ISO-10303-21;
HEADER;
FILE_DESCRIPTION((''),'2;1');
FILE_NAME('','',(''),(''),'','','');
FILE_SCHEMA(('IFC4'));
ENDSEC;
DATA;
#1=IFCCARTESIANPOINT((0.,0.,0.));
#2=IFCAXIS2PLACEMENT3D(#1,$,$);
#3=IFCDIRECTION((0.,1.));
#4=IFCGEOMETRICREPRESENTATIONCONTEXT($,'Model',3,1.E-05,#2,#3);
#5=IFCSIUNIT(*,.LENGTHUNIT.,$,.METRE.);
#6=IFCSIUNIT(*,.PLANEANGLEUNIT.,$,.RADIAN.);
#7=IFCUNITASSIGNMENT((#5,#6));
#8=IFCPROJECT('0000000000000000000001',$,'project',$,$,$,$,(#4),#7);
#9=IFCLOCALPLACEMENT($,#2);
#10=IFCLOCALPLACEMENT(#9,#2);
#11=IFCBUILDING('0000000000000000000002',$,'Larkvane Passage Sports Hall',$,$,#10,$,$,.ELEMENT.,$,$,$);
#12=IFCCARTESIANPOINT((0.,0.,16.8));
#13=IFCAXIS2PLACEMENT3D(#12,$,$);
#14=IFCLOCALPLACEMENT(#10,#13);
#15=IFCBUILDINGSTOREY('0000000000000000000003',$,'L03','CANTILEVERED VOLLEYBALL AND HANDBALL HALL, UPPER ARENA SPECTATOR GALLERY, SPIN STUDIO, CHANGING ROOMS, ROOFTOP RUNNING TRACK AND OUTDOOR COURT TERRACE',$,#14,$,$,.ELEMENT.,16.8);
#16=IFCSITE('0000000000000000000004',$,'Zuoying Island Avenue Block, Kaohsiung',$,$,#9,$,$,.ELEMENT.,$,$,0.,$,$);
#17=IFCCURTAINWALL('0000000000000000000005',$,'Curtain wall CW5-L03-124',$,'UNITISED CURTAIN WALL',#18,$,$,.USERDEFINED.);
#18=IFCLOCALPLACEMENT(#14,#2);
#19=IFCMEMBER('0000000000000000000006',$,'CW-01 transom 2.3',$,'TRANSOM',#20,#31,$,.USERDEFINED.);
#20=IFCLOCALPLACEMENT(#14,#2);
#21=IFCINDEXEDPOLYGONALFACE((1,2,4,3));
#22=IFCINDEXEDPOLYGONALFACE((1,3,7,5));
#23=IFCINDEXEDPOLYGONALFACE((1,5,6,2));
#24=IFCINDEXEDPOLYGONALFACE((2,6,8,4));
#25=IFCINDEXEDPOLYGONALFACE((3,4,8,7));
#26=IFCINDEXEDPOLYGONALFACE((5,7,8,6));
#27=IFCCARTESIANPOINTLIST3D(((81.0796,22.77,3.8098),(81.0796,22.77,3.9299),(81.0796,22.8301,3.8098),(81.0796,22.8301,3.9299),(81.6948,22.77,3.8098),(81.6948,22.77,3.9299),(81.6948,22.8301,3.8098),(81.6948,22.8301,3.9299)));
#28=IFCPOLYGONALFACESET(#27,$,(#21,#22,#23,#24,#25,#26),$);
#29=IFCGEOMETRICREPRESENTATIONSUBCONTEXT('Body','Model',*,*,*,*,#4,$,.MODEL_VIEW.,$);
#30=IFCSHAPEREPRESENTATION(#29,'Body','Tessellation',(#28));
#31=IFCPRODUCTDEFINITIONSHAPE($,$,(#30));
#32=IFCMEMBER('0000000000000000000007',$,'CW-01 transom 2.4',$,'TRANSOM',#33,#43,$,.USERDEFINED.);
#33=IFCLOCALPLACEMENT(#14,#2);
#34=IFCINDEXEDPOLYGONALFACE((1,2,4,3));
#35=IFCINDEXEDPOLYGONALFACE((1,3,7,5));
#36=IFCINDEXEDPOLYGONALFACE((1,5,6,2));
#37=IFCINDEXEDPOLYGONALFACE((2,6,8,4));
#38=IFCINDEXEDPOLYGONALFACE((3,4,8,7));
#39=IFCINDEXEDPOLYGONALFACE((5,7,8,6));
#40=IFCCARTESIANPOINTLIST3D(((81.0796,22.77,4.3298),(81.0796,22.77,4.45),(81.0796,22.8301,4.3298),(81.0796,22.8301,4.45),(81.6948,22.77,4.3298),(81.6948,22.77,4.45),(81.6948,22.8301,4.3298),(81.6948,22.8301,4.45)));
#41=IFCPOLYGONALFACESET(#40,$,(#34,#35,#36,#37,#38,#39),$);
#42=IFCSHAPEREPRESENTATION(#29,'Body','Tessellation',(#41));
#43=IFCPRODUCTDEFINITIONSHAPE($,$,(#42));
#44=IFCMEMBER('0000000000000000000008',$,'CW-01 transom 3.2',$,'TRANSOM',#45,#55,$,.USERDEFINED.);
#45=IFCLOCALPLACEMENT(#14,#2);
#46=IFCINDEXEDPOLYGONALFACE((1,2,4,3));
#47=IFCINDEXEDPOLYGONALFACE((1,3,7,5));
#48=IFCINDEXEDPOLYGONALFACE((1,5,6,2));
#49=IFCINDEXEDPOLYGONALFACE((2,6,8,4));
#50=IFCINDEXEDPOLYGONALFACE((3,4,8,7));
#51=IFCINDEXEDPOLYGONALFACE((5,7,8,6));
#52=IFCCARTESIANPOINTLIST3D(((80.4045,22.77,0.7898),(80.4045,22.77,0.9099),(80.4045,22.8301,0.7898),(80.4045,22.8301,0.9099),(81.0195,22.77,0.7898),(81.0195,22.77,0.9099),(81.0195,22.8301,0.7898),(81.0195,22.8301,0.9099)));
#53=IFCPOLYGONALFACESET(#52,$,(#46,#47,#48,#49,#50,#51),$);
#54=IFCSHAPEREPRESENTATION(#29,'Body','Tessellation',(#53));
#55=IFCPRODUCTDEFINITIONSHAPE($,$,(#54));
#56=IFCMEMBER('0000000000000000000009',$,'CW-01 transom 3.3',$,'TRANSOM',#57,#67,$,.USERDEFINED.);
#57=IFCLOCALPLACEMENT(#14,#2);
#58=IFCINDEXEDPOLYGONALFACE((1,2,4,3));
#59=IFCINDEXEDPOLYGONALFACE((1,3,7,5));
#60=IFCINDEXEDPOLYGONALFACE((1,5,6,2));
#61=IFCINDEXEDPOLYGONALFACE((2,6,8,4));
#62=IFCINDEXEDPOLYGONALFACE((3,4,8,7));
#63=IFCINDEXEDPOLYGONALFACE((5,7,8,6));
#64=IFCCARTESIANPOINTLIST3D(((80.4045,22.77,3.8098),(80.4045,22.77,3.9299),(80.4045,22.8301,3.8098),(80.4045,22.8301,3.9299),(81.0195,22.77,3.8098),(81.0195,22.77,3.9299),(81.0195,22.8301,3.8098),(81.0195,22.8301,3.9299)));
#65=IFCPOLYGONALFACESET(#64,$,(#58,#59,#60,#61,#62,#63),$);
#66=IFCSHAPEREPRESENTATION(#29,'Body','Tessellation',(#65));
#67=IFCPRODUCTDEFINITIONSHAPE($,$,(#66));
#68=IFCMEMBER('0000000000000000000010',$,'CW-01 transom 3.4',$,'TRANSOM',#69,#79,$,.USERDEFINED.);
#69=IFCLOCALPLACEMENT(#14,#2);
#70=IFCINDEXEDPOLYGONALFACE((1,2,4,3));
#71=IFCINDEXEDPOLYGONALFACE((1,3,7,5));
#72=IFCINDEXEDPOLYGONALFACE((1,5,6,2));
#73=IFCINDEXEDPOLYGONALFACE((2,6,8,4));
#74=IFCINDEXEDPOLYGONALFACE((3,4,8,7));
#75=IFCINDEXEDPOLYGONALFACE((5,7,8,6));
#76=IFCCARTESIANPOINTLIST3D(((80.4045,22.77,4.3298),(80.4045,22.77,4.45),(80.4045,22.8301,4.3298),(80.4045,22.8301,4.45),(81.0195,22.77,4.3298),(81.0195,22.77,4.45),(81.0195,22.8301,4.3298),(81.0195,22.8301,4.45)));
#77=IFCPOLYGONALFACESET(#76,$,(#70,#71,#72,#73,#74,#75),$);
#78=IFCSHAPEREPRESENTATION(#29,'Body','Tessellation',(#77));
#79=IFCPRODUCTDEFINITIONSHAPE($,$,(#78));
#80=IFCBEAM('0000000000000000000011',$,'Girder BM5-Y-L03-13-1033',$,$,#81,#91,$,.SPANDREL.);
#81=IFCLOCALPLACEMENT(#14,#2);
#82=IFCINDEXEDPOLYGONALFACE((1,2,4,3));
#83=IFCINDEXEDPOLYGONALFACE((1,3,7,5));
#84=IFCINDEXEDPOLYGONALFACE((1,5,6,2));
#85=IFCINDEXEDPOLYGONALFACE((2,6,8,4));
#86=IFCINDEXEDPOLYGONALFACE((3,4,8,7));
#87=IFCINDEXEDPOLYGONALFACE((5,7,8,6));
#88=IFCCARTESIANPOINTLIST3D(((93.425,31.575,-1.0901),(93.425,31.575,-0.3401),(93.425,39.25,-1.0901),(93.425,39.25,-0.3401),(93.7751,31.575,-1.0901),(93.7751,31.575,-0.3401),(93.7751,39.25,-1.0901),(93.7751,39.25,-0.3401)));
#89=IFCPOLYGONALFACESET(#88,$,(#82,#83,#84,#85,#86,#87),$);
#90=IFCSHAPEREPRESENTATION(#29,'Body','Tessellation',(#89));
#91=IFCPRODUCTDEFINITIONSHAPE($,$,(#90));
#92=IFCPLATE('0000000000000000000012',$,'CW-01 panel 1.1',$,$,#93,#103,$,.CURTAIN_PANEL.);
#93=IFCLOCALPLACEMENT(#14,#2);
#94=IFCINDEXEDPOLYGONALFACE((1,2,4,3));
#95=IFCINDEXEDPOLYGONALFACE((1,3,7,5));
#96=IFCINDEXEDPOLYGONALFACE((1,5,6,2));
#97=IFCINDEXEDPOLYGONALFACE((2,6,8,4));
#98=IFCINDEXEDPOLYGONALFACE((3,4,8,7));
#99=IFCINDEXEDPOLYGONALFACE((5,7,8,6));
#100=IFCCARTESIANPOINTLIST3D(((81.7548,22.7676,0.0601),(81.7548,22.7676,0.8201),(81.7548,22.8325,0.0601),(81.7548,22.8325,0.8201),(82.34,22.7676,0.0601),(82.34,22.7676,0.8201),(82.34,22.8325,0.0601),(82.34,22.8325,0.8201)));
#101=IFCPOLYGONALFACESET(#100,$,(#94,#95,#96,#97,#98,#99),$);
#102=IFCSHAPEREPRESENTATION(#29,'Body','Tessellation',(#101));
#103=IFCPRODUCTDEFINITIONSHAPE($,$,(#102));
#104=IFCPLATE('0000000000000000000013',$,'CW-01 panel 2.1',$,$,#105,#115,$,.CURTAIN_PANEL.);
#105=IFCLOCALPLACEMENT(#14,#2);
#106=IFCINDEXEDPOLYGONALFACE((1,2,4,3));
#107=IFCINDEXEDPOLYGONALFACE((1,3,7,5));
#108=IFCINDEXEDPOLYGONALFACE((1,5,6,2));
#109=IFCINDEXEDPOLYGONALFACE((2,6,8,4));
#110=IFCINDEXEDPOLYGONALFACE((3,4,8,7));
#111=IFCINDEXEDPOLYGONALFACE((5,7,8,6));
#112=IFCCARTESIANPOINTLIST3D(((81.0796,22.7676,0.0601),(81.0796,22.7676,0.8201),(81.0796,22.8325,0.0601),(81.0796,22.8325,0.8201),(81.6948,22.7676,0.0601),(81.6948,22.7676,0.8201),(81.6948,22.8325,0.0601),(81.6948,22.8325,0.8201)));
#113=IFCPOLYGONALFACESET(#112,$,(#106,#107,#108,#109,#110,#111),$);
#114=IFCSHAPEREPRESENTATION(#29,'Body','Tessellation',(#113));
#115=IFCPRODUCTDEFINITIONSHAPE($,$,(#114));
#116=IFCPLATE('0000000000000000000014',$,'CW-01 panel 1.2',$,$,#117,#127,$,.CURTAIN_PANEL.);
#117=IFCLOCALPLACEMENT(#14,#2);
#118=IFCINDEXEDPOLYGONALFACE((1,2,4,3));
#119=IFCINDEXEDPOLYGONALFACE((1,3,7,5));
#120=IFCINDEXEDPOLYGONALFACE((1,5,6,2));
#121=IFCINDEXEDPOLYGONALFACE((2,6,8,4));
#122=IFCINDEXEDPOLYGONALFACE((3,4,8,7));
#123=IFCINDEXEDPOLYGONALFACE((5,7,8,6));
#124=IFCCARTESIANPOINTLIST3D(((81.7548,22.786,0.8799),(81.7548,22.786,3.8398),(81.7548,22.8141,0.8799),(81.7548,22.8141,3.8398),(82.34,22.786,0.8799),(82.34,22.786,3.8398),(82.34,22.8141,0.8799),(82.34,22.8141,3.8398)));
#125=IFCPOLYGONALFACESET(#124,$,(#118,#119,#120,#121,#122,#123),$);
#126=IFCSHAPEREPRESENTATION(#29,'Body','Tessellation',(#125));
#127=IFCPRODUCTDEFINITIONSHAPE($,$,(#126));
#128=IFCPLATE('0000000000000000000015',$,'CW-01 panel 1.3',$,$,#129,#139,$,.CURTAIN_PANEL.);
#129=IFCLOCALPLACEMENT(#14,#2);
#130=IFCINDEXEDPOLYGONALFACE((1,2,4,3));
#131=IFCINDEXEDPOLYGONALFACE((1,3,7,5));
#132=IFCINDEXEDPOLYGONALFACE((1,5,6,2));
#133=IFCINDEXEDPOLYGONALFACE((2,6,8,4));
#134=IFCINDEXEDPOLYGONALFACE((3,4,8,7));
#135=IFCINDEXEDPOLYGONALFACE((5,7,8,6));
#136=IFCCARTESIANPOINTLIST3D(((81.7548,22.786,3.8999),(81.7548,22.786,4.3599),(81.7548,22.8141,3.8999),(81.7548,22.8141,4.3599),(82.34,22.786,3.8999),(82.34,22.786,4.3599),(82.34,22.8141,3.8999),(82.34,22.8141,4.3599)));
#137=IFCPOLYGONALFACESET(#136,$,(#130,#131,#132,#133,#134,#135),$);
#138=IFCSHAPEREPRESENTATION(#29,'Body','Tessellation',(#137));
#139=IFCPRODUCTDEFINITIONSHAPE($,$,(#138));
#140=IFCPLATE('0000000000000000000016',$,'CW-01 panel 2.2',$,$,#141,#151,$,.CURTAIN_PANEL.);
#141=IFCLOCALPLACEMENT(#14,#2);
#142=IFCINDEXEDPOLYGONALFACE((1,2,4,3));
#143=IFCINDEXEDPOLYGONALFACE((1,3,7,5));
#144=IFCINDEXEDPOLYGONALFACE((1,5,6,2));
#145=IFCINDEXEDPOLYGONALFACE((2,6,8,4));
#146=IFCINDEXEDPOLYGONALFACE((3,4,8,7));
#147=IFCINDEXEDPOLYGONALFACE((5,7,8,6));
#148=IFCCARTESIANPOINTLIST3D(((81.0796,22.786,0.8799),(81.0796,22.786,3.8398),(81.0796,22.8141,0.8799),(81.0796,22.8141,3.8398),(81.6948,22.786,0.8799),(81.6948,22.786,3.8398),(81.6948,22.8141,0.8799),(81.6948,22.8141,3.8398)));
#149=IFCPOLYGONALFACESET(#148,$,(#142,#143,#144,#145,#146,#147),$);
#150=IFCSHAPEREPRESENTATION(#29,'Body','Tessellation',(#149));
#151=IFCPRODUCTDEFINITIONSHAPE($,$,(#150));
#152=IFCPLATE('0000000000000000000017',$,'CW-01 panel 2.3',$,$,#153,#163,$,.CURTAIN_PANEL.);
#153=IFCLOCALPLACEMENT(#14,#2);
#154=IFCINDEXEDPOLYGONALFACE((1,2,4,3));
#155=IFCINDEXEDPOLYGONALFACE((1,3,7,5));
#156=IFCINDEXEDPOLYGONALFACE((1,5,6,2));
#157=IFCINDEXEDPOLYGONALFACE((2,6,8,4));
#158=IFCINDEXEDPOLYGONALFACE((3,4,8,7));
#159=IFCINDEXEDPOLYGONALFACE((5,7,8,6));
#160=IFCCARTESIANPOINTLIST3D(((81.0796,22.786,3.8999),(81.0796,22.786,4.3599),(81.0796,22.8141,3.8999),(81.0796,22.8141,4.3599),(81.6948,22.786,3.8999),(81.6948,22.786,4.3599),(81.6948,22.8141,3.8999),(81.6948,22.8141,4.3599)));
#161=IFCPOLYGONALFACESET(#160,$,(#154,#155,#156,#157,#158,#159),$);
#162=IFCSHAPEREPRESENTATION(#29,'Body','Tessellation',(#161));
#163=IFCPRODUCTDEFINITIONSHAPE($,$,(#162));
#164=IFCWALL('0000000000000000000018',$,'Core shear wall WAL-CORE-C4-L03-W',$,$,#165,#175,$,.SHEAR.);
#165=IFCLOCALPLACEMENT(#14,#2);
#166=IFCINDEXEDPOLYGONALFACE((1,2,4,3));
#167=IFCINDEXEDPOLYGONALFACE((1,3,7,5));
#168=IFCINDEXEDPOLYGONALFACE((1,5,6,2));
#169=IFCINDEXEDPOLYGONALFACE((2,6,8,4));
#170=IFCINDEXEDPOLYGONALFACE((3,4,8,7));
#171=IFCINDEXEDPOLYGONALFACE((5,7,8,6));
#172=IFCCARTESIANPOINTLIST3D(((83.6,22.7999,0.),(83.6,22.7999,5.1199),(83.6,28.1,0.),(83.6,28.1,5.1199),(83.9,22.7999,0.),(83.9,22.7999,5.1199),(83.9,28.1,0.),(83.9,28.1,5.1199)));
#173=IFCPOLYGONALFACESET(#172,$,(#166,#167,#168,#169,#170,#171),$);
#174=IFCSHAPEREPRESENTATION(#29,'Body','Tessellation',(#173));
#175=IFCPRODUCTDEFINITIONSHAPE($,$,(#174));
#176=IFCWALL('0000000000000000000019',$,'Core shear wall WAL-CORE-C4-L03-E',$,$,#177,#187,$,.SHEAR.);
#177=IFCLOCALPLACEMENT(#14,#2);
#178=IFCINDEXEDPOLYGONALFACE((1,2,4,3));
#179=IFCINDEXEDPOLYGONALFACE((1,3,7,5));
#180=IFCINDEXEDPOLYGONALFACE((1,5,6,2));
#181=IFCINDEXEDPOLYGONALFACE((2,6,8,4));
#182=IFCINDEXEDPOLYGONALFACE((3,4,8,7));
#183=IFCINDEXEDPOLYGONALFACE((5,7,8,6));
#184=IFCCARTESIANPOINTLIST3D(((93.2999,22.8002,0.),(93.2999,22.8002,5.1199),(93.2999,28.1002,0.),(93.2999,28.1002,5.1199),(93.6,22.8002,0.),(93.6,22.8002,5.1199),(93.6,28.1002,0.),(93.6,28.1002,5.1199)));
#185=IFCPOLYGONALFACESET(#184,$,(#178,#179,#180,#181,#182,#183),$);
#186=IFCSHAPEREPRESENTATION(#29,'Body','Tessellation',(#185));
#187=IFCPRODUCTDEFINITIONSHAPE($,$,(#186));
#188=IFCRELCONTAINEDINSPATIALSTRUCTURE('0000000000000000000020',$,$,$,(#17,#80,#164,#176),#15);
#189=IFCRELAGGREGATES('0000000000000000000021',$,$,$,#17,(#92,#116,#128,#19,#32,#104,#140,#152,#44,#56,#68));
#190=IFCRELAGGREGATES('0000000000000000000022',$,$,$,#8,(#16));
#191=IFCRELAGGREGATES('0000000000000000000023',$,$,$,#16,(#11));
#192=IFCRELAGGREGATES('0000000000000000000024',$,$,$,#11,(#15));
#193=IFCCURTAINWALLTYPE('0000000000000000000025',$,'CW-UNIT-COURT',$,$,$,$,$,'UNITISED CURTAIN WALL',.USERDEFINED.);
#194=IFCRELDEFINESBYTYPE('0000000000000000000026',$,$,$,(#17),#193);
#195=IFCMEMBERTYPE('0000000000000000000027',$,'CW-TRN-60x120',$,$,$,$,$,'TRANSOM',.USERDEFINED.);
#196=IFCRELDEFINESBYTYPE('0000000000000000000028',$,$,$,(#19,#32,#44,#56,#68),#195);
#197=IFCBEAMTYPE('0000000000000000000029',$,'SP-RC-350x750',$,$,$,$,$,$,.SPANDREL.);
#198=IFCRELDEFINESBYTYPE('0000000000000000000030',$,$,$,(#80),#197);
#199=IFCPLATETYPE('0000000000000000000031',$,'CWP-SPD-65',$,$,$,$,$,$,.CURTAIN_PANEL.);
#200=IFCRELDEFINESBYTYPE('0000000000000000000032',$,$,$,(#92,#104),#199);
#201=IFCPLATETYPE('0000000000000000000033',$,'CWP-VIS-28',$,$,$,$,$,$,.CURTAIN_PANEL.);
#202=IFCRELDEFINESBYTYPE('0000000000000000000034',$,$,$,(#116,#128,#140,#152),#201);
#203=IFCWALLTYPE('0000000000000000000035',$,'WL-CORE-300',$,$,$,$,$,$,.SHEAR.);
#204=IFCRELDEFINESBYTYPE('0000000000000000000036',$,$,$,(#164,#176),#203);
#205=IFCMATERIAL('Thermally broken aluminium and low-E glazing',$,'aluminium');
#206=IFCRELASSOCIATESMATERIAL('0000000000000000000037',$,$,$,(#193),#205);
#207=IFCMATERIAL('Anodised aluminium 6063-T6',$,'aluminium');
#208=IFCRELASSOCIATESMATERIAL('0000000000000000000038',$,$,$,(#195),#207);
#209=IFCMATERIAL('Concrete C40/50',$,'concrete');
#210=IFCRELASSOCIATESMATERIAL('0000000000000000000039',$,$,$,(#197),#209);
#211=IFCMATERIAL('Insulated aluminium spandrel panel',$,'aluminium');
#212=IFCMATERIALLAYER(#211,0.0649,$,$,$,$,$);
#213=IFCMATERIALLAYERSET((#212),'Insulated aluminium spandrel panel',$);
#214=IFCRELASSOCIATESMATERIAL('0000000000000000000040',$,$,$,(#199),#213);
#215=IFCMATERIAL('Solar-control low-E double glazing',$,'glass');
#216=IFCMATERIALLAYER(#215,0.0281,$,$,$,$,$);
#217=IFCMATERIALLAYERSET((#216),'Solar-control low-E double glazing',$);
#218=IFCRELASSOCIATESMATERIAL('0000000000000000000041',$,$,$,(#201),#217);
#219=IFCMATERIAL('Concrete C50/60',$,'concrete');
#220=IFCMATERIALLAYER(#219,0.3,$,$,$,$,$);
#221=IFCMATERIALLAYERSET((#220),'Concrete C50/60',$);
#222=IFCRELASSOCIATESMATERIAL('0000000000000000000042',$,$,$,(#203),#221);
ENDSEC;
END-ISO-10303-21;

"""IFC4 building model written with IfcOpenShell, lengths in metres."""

from ifc_helpers import new_model, si_unit, direction, frame, frame_2d, origin, origin_2d, place, context, subcontext, project, spatial, rectangle, extrude, material, layer, layer_set, material_profile, profile_set, type_object, element, aggregate, save


model = new_model("IFC4")

# Units and contexts
model_context = context("Model", 3, precision=1e-05, world=origin(), true_north=direction((0.0, 1.0)))
body_context = subcontext(model_context, "Body", "Model", "MODEL_VIEW")
ifc_project = project(units=[si_unit("LENGTHUNIT", "METRE"), si_unit("PLANEANGLEUNIT", "RADIAN")], contexts=[model_context])

# Site, building, storey
site_placement = place(None, origin())
site = spatial("IfcSite", under=ifc_project, at=site_placement, Name="Zuoying Island Avenue Block, Kaohsiung", CompositionType="ELEMENT", RefElevation=0.0)
building_placement = place(site_placement, origin())
building = spatial("IfcBuilding", under=site, at=building_placement, Name="Larkvane Passage Sports Hall", CompositionType="ELEMENT")
storey_placement = place(building_placement, frame((0.0, 0.0, 16.8)))
storey = spatial("IfcBuildingStorey", under=building, at=storey_placement, Name="L03", Description="CANTILEVERED VOLLEYBALL AND HANDBALL HALL, UPPER ARENA SPECTATOR GALLERY, SPIN STUDIO, CHANGING ROOMS, ROOFTOP RUNNING TRACK AND OUTDOOR COURT TERRACE", CompositionType="ELEMENT", Elevation=16.8)

# Shared definitions
ifc_material_1 = material(Name="Concrete C40/50", Category="concrete")

# Curtain wall, members
ifc_material_2 = material(Name="Thermally broken aluminium and low-E glazing", Category="aluminium")
curtain_wall_type = type_object("IfcCurtainWallType", Name="CW-UNIT-COURT", ElementType="UNITISED CURTAIN WALL", PredefinedType="USERDEFINED", material=ifc_material_2)
curtain_wall_placement = place(storey_placement, origin())
curtain_wall = element("IfcCurtainWall", 1, at=curtain_wall_placement, inside=storey, type_object=curtain_wall_type, Name="Curtain wall CW5-L03-124", ObjectType="UNITISED CURTAIN WALL", PredefinedType="USERDEFINED")
ifc_material_3 = material(Name="Anodised aluminium 6063-T6", Category="aluminium")
ifc_material_profile_1 = material_profile(ifc_material_3, rectangle(XDim=0.0601, YDim=0.1201, at=origin_2d()), Name="ALU-TRN-60x120")
ifc_profile_set_1 = profile_set([ifc_material_profile_1], Name="Anodised aluminium 6063-T6")
member_type_1 = type_object("IfcMemberType", Name="CW-TRN-60x120", ElementType="TRANSOM", PredefinedType="USERDEFINED", material=ifc_profile_set_1)
member_1_placement = place(storey_placement, frame((81.6948, 22.8, 3.8699), z_axis=(-1.0, 0.0, 0.0), x_axis=(0.0, -1.0, 0.0)))
member_1 = element("IfcMember", 2, at=member_1_placement, type_object=member_type_1, Name="CW-01 transom 2.3", ObjectType="TRANSOM", PredefinedType="USERDEFINED", context=body_context, shape_type="SweptSolid", body=[
    extrude(rectangle(XDim=0.0601, YDim=0.1201, at=origin_2d()), origin(), (0.0, 0.0, 1.0), 0.6152),
])
member_2_placement = place(storey_placement, frame((81.6948, 22.8, 4.3899), z_axis=(-1.0, 0.0, 0.0), x_axis=(0.0, -1.0, 0.0)))
member_2 = element("IfcMember", 3, at=member_2_placement, type_object=member_type_1, Name="CW-01 transom 2.4", ObjectType="TRANSOM", PredefinedType="USERDEFINED", context=body_context, shape_type="SweptSolid", body=[
    extrude(rectangle(XDim=0.0601, YDim=0.1201, at=origin_2d()), origin(), (0.0, 0.0, 1.0), 0.6152),
])
member_3_placement = place(storey_placement, frame((81.0195, 22.8, 0.8499), z_axis=(-1.0, 0.0, 0.0), x_axis=(0.0, -1.0, 0.0)))
member_3 = element("IfcMember", 4, at=member_3_placement, type_object=member_type_1, Name="CW-01 transom 3.2", ObjectType="TRANSOM", PredefinedType="USERDEFINED", context=body_context, shape_type="SweptSolid", body=[
    extrude(rectangle(XDim=0.0601, YDim=0.1201, at=origin_2d()), origin(), (0.0, 0.0, 1.0), 0.615),
])
member_4_placement = place(storey_placement, frame((81.0195, 22.8, 3.8699), z_axis=(-1.0, 0.0, 0.0), x_axis=(0.0, -1.0, 0.0)))
member_4 = element("IfcMember", 5, at=member_4_placement, type_object=member_type_1, Name="CW-01 transom 3.3", ObjectType="TRANSOM", PredefinedType="USERDEFINED", context=body_context, shape_type="SweptSolid", body=[
    extrude(rectangle(XDim=0.0601, YDim=0.1201, at=origin_2d()), origin(), (0.0, 0.0, 1.0), 0.615),
])
member_5_placement = place(storey_placement, frame((81.0195, 22.8, 4.3899), z_axis=(-1.0, 0.0, 0.0), x_axis=(0.0, -1.0, 0.0)))
member_5 = element("IfcMember", 6, at=member_5_placement, type_object=member_type_1, Name="CW-01 transom 3.4", ObjectType="TRANSOM", PredefinedType="USERDEFINED", context=body_context, shape_type="SweptSolid", body=[
    extrude(rectangle(XDim=0.0601, YDim=0.1201, at=origin_2d()), origin(), (0.0, 0.0, 1.0), 0.615),
])

# Beam
ifc_material_profile_2 = material_profile(ifc_material_1, rectangle(XDim=0.3501, YDim=0.75, at=origin_2d()), Name="RC-SP-350x750")
ifc_profile_set_2 = profile_set([ifc_material_profile_2], Name="Concrete C40/50")
beam_type = type_object("IfcBeamType", Name="SP-RC-350x750", PredefinedType="SPANDREL", material=ifc_profile_set_2)
beam_placement = place(storey_placement, frame((93.6001, 31.575, -0.7151), z_axis=(0.0, 1.0, 0.0), x_axis=(-1.0, 0.0, 0.0)))
element("IfcBeam", 7, at=beam_placement, inside=storey, type_object=beam_type, Name="Girder BM5-Y-L03-13-1033", PredefinedType="SPANDREL", context=body_context, shape_type="SweptSolid", body=[
    extrude(rectangle(XDim=0.3501, YDim=0.75, at=origin_2d()), origin(), (0.0, 0.0, 1.0), 7.675),
])

# Plates
ifc_material_4 = material(Name="Insulated aluminium spandrel panel", Category="aluminium")
ifc_layer_1 = layer(ifc_material_4, 0.0649)
ifc_layer_set_1 = layer_set([ifc_layer_1], Name="Insulated aluminium spandrel panel")
plate_type_1 = type_object("IfcPlateType", Name="CWP-SPD-65", PredefinedType="CURTAIN_PANEL", material=ifc_layer_set_1)
plate_1_placement = place(storey_placement, frame((82.0474, 22.8, 0.0601), z_axis=(0.0, 0.0, 1.0), x_axis=(-1.0, 0.0, 0.0)))
plate_1 = element("IfcPlate", 8, at=plate_1_placement, type_object=plate_type_1, Name="CW-01 panel 1.1", PredefinedType="CURTAIN_PANEL", context=body_context, shape_type="SweptSolid", body=[
    extrude(rectangle(XDim=0.5852, YDim=0.0649, at=origin_2d()), origin(), (0.0, 0.0, 1.0), 0.76),
])
plate_2_placement = place(storey_placement, frame((81.3872, 22.8, 0.0601), z_axis=(0.0, 0.0, 1.0), x_axis=(-1.0, 0.0, 0.0)))
plate_2 = element("IfcPlate", 9, at=plate_2_placement, type_object=plate_type_1, Name="CW-01 panel 2.1", PredefinedType="CURTAIN_PANEL", context=body_context, shape_type="SweptSolid", body=[
    extrude(rectangle(XDim=0.6152, YDim=0.0649, at=origin_2d()), origin(), (0.0, 0.0, 1.0), 0.76),
])
ifc_material_5 = material(Name="Solar-control low-E double glazing", Category="glass")
ifc_layer_2 = layer(ifc_material_5, 0.0281)
ifc_layer_set_2 = layer_set([ifc_layer_2], Name="Solar-control low-E double glazing")
plate_type_2 = type_object("IfcPlateType", Name="CWP-VIS-28", PredefinedType="CURTAIN_PANEL", material=ifc_layer_set_2)
plate_3_placement = place(storey_placement, frame((82.0474, 22.8, 0.8799), z_axis=(0.0, 0.0, 1.0), x_axis=(-1.0, 0.0, 0.0)))
plate_3 = element("IfcPlate", 10, at=plate_3_placement, type_object=plate_type_2, Name="CW-01 panel 1.2", PredefinedType="CURTAIN_PANEL", context=body_context, shape_type="SweptSolid", body=[
    extrude(rectangle(XDim=0.5852, YDim=0.0281, at=origin_2d()), origin(), (0.0, 0.0, 1.0), 2.96),
])
plate_4_placement = place(storey_placement, frame((82.0474, 22.8, 3.8999), z_axis=(0.0, 0.0, 1.0), x_axis=(-1.0, 0.0, 0.0)))
plate_4 = element("IfcPlate", 11, at=plate_4_placement, type_object=plate_type_2, Name="CW-01 panel 1.3", PredefinedType="CURTAIN_PANEL", context=body_context, shape_type="SweptSolid", body=[
    extrude(rectangle(XDim=0.5852, YDim=0.0281, at=origin_2d()), origin(), (0.0, 0.0, 1.0), 0.46),
])
plate_5_placement = place(storey_placement, frame((81.3872, 22.8, 0.8799), z_axis=(0.0, 0.0, 1.0), x_axis=(-1.0, 0.0, 0.0)))
plate_5 = element("IfcPlate", 12, at=plate_5_placement, type_object=plate_type_2, Name="CW-01 panel 2.2", PredefinedType="CURTAIN_PANEL", context=body_context, shape_type="SweptSolid", body=[
    extrude(rectangle(XDim=0.6152, YDim=0.0281, at=origin_2d()), origin(), (0.0, 0.0, 1.0), 2.96),
])
plate_6_placement = place(storey_placement, frame((81.3872, 22.8, 3.8999), z_axis=(0.0, 0.0, 1.0), x_axis=(-1.0, 0.0, 0.0)))
plate_6 = element("IfcPlate", 13, at=plate_6_placement, type_object=plate_type_2, Name="CW-01 panel 2.3", PredefinedType="CURTAIN_PANEL", context=body_context, shape_type="SweptSolid", body=[
    extrude(rectangle(XDim=0.6152, YDim=0.0281, at=origin_2d()), origin(), (0.0, 0.0, 1.0), 0.46),
])
aggregate(curtain_wall, [plate_1, plate_3, plate_4, member_1, member_2, plate_2, plate_5, plate_6, member_3, member_4, member_5])

# Walls
ifc_material_6 = material(Name="Concrete C50/60", Category="concrete")
ifc_layer_3 = layer(ifc_material_6, 0.3)
ifc_layer_set_3 = layer_set([ifc_layer_3], Name="Concrete C50/60")
wall_type_1 = type_object("IfcWallType", Name="WL-CORE-300", PredefinedType="SHEAR", material=ifc_layer_set_3)
for number, where, z_axis, x_axis, name in (
    (14, (83.75, 22.8, 0.0), (0.0, 0.0, 1.0), (0.0, 1.0, 0.0), "Core shear wall WAL-CORE-C4-L03-W"),
    (15, (93.45, 28.1001, 0.0), (0.0, 0.0, 1.0), (0.0, -1.0, 0.0), "Core shear wall WAL-CORE-C4-L03-E"),
):
    element("IfcWall", number, at=place(storey_placement, frame(where, z_axis=z_axis, x_axis=x_axis)), inside=storey, type_object=wall_type_1, Name=name, PredefinedType="SHEAR", context=body_context, shape_type="SweptSolid", body=[
        extrude(rectangle(XDim=5.3, YDim=0.3, at=frame_2d((2.6499, 0.0))), origin(), (0.0, 0.0, 1.0), 5.1199),
    ])

save(model, "model.ifc")
